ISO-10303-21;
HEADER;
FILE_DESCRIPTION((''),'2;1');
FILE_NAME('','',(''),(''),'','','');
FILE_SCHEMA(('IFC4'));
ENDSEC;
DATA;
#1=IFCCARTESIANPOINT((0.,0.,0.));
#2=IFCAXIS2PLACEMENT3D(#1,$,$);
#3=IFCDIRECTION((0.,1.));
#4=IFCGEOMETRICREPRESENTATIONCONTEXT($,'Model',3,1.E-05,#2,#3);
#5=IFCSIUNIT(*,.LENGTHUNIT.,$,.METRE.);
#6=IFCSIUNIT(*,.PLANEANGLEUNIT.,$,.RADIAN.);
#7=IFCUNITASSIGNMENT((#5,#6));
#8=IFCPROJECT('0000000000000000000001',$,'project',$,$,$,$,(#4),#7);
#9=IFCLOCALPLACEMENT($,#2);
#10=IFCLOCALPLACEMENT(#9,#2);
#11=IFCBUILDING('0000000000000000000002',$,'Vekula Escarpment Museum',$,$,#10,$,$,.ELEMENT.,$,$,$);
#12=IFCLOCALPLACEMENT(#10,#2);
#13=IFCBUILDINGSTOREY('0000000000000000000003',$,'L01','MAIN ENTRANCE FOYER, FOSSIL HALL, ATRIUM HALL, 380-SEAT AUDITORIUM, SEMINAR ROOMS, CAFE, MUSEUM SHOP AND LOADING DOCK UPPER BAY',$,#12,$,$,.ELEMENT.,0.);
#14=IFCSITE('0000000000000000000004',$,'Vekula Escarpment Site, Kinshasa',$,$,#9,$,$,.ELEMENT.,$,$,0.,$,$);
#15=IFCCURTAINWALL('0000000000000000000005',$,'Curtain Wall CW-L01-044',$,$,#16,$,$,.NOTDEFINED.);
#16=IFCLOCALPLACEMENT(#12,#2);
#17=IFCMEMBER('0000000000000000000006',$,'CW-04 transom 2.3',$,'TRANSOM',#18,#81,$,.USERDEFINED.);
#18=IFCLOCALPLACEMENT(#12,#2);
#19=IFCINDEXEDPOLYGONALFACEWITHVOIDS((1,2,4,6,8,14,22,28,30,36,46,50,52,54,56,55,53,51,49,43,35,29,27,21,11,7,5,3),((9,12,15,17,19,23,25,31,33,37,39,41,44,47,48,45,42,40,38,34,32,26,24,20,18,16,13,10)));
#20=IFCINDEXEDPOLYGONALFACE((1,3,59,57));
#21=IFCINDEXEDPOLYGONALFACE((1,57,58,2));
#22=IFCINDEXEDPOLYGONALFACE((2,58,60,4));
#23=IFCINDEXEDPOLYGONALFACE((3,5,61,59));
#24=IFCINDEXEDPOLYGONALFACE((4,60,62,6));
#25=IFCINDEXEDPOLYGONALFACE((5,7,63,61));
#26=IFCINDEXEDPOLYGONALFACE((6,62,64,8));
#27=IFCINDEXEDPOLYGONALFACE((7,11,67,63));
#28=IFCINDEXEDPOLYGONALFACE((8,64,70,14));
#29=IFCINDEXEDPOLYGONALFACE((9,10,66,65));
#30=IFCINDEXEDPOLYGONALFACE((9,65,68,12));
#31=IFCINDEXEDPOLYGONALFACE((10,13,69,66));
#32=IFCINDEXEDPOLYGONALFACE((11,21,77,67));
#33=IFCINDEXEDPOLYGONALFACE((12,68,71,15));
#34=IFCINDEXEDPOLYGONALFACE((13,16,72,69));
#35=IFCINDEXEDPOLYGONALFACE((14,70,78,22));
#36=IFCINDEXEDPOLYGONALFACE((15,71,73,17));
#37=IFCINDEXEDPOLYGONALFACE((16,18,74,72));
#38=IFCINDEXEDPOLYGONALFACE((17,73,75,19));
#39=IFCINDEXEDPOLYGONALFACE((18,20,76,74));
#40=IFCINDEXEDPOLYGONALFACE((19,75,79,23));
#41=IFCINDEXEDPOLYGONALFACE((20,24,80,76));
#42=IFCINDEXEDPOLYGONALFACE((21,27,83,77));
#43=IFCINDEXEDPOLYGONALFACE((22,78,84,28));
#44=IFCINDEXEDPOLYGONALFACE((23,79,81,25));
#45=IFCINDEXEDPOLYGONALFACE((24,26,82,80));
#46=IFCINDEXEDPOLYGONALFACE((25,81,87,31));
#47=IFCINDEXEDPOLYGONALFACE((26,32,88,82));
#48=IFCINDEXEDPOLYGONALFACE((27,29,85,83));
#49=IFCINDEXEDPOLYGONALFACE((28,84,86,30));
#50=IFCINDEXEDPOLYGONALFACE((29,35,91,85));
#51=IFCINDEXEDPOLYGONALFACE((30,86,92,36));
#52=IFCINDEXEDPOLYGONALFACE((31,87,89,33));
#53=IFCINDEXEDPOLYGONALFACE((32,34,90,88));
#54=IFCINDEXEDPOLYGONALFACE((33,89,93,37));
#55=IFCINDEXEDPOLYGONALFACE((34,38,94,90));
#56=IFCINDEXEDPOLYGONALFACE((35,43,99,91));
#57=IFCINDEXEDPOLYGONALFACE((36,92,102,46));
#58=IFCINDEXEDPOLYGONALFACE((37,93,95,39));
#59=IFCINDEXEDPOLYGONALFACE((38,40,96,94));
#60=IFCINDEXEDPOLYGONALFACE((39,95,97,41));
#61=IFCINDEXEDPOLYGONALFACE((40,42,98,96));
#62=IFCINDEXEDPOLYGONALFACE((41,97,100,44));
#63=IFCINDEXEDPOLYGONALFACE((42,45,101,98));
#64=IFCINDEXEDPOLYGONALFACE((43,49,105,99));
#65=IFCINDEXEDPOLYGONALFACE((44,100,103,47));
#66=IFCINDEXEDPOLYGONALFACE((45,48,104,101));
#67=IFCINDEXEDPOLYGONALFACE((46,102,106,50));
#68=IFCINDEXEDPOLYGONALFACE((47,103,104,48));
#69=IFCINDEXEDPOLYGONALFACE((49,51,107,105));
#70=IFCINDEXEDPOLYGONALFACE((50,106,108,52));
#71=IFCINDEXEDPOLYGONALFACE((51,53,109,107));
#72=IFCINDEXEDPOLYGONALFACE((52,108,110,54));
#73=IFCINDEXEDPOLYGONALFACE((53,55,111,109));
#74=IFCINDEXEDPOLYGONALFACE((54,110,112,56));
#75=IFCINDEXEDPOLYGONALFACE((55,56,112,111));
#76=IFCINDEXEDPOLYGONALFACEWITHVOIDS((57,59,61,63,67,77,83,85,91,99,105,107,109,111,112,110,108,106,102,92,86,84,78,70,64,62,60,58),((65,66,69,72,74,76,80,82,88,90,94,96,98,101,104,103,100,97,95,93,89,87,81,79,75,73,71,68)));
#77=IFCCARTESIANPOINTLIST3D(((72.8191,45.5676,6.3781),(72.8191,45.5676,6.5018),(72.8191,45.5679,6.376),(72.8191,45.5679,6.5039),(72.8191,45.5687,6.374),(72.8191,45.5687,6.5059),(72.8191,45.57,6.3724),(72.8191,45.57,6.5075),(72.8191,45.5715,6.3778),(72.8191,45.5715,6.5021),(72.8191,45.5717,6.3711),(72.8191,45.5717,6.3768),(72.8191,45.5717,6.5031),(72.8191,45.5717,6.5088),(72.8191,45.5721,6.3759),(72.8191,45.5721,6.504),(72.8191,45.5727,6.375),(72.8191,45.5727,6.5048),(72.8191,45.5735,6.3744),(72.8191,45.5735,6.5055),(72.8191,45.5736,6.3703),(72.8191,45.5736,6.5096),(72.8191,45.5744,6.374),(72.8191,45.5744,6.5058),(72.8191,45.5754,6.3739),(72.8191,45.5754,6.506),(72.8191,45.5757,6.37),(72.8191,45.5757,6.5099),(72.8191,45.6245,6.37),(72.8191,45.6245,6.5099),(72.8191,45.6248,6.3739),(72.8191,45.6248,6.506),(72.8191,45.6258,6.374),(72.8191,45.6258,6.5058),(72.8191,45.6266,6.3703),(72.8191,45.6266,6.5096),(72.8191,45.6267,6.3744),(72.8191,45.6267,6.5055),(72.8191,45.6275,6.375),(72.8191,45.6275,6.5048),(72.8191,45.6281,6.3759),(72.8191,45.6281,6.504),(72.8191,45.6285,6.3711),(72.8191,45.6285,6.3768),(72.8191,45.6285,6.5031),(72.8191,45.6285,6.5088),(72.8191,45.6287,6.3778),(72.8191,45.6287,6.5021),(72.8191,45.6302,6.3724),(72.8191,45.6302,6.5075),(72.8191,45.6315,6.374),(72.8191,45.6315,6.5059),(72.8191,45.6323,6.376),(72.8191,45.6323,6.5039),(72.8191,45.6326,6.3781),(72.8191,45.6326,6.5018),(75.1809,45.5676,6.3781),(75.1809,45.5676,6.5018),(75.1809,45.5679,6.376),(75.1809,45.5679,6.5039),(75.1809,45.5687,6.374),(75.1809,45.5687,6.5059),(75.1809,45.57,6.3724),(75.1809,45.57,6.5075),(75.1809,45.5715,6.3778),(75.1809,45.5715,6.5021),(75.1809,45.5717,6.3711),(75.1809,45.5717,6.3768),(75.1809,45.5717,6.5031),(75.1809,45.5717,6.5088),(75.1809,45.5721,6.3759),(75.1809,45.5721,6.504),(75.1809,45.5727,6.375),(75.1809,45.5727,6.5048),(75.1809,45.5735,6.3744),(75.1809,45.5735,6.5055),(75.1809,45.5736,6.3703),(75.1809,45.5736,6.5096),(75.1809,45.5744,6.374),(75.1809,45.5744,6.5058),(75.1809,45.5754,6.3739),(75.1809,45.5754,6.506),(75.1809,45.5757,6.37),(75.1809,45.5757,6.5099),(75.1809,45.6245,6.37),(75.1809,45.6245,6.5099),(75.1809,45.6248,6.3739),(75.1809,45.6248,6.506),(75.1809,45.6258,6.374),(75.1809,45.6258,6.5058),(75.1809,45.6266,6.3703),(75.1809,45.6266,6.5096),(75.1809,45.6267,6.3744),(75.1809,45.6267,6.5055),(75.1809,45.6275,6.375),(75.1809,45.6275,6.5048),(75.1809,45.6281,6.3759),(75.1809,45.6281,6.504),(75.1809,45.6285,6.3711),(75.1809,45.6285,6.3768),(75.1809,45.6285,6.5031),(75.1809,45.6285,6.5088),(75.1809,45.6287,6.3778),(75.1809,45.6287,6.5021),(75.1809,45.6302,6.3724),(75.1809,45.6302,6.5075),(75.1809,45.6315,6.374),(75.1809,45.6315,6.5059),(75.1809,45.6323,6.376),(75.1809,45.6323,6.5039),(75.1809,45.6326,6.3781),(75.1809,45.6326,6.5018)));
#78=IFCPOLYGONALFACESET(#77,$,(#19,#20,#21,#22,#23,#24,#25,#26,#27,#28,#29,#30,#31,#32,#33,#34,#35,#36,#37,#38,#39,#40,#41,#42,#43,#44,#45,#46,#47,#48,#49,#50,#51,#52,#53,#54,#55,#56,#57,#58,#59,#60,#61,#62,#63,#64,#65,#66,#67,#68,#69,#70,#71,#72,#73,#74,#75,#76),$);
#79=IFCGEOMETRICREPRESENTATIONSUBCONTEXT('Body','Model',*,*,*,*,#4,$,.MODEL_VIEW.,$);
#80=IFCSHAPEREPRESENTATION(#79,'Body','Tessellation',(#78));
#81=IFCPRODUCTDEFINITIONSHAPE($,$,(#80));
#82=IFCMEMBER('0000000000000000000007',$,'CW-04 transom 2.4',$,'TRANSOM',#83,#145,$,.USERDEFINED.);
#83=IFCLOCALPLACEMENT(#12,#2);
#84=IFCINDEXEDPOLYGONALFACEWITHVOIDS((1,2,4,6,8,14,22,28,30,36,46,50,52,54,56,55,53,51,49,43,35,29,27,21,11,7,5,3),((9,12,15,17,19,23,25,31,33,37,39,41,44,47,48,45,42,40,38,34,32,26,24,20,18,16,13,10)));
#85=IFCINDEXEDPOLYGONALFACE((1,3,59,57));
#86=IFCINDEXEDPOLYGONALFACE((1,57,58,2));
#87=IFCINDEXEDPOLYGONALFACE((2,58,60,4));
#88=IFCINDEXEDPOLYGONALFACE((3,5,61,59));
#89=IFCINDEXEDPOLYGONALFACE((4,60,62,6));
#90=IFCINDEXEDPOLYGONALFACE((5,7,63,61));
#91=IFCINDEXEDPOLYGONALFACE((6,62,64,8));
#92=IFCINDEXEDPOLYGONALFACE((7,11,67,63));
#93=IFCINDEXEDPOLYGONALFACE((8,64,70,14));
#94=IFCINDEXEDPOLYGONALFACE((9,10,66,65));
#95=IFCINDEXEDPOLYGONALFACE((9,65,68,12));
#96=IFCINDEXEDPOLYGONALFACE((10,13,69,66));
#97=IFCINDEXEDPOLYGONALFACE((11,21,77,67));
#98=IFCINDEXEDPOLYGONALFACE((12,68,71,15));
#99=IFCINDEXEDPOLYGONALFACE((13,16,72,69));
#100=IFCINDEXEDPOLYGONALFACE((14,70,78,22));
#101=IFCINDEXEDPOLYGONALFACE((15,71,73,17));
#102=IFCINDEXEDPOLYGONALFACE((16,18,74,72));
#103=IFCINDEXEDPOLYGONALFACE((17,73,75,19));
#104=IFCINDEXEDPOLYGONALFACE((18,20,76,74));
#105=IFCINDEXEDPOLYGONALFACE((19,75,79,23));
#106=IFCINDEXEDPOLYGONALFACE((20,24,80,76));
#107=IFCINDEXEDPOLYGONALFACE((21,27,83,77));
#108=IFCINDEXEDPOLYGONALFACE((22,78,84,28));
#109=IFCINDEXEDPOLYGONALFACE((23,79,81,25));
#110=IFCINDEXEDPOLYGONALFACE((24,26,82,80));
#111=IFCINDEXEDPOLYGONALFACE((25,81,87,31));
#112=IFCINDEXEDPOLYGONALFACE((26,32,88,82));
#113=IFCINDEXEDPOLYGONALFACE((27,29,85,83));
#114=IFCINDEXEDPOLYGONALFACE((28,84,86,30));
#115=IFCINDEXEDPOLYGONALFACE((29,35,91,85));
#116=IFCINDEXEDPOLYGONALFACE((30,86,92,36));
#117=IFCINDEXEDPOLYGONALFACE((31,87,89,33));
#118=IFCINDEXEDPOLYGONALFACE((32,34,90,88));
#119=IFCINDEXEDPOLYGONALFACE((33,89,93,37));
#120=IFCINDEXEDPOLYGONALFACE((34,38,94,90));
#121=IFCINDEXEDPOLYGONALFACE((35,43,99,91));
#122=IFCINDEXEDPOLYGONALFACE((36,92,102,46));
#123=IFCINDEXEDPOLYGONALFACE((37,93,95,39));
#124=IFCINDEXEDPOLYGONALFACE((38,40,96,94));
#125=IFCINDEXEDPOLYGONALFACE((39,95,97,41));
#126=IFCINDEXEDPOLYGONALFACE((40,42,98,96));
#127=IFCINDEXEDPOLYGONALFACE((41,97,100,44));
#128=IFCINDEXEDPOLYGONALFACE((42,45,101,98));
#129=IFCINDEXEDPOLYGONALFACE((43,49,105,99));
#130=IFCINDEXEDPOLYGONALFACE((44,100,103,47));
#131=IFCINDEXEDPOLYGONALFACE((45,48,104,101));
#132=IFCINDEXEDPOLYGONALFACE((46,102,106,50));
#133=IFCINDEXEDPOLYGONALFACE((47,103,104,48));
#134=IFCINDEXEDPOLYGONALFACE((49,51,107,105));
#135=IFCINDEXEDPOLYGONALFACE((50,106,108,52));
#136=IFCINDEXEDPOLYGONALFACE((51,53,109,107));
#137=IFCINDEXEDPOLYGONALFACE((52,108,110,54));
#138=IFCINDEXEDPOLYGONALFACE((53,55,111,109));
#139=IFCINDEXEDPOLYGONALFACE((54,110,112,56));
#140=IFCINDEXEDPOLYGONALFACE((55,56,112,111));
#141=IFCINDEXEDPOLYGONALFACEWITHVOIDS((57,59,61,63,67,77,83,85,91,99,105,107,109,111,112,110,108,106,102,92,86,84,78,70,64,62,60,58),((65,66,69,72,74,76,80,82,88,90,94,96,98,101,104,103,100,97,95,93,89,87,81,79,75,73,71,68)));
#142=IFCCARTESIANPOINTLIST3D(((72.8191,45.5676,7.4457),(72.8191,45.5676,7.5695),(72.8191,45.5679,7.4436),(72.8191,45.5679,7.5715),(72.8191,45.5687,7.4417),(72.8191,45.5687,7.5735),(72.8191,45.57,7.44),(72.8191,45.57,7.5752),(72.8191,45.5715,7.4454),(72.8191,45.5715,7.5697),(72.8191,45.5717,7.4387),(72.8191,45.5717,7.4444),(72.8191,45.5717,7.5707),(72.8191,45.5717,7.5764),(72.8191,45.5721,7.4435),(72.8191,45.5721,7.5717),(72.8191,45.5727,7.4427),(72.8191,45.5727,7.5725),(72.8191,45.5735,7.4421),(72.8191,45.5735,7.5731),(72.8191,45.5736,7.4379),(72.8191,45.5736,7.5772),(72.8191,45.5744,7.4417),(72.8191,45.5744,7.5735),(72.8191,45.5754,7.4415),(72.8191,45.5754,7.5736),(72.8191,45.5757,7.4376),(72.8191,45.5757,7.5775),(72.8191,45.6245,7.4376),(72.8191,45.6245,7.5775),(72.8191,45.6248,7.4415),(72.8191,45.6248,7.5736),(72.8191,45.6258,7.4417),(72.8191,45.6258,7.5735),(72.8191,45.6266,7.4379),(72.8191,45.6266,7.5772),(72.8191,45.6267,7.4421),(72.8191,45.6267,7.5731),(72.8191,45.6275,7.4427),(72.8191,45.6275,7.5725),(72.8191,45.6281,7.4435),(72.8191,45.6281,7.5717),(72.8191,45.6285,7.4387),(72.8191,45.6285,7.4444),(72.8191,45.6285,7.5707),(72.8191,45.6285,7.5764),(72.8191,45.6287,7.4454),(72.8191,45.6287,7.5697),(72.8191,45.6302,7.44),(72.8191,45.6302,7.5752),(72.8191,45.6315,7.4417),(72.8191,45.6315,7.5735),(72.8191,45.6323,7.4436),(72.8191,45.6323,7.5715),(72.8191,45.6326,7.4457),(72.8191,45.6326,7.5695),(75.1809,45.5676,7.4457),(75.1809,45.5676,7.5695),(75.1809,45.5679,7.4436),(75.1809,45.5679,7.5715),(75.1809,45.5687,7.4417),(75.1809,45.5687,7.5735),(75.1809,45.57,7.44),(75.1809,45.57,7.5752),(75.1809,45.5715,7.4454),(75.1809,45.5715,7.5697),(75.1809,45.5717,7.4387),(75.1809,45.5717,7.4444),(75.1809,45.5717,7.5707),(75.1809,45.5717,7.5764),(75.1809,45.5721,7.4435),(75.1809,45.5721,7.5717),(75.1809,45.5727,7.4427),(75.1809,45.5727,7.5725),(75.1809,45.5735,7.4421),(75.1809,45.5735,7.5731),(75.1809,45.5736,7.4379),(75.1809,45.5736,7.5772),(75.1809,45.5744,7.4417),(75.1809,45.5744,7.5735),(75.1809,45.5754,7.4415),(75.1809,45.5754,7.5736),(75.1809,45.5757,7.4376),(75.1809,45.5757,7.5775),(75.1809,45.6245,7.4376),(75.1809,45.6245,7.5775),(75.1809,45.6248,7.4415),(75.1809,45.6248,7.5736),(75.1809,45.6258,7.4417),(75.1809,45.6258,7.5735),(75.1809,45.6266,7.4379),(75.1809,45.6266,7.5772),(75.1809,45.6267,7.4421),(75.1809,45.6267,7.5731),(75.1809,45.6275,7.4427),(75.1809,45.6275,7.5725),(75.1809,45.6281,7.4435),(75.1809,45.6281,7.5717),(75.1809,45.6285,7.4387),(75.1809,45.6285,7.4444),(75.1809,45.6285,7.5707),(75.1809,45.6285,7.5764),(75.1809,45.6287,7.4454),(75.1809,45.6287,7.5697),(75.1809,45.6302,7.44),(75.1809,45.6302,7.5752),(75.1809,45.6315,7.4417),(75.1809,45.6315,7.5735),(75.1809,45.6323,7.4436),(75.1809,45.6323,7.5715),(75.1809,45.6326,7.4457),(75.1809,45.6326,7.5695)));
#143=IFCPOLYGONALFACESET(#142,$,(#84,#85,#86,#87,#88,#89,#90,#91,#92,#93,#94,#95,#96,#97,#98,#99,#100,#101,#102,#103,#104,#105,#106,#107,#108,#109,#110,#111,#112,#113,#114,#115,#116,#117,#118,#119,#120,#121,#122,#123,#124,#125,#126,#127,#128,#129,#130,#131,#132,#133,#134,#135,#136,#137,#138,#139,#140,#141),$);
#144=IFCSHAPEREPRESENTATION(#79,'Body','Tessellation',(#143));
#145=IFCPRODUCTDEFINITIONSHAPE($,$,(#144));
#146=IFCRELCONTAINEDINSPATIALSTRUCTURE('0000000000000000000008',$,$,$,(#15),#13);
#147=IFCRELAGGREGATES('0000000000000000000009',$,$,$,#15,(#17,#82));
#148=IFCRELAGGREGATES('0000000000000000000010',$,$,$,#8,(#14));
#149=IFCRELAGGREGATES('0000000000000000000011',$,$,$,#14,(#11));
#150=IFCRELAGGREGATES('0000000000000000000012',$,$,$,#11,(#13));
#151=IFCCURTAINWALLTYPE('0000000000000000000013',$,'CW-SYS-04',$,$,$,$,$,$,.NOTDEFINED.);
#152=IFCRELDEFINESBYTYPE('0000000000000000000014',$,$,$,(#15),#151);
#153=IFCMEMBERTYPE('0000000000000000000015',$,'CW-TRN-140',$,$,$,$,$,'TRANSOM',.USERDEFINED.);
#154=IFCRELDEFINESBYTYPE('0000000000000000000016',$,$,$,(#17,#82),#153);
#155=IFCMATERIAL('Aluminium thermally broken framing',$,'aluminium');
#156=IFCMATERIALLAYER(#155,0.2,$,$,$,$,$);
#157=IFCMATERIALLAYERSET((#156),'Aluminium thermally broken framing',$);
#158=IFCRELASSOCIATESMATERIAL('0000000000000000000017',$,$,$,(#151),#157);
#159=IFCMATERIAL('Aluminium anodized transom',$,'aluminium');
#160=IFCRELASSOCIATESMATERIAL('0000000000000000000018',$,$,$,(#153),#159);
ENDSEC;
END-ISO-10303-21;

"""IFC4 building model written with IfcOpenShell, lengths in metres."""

from ifc_helpers import new_model, si_unit, direction, frame, origin, origin_2d, place, context, subcontext, project, spatial, hollow_rectangle, extrude, material, layer, layer_set, material_profile, profile_set, type_object, element, aggregate, save


model = new_model("IFC4")

# Units and contexts
model_context = context("Model", 3, precision=1e-05, world=origin(), true_north=direction((0.0, 1.0)))
body_context = subcontext(model_context, "Body", "Model", "MODEL_VIEW")
ifc_project = project(units=[si_unit("LENGTHUNIT", "METRE"), si_unit("PLANEANGLEUNIT", "RADIAN")], contexts=[model_context])

# Site, building, storey
site_placement = place(None, origin())
site = spatial("IfcSite", under=ifc_project, at=site_placement, Name="Vekula Escarpment Site, Kinshasa", CompositionType="ELEMENT", RefElevation=0.0)
building_placement = place(site_placement, origin())
building = spatial("IfcBuilding", under=site, at=building_placement, Name="Vekula Escarpment Museum", CompositionType="ELEMENT")
storey_placement = place(building_placement, origin())
storey = spatial("IfcBuildingStorey", under=building, at=storey_placement, Name="L01", Description="MAIN ENTRANCE FOYER, FOSSIL HALL, ATRIUM HALL, 380-SEAT AUDITORIUM, SEMINAR ROOMS, CAFE, MUSEUM SHOP AND LOADING DOCK UPPER BAY", CompositionType="ELEMENT", Elevation=0.0)

# Curtain wall, members
ifc_material_1 = material(Name="Aluminium thermally broken framing", Category="aluminium")
ifc_layer_1 = layer(ifc_material_1, 0.2)
ifc_layer_set_1 = layer_set([ifc_layer_1], Name="Aluminium thermally broken framing")
curtain_wall_type = type_object("IfcCurtainWallType", Name="CW-SYS-04", PredefinedType="NOTDEFINED", material=ifc_layer_set_1)
curtain_wall_placement = place(storey_placement, origin())
curtain_wall = element("IfcCurtainWall", 1, at=curtain_wall_placement, inside=storey, type_object=curtain_wall_type, Name="Curtain Wall CW-L01-044", PredefinedType="NOTDEFINED")
ifc_material_2 = material(Name="Aluminium anodized transom", Category="aluminium")
ifc_material_profile_1 = material_profile(ifc_material_2, hollow_rectangle(XDim=0.0649, YDim=0.1399, WallThickness=0.0039, InnerFilletRadius=0.0039, OuterFilletRadius=0.0081, at=origin_2d()), Name="ALU 140x65x4")
ifc_profile_set_1 = profile_set([ifc_material_profile_1], Name="Aluminium anodized transom")
member_type_1 = type_object("IfcMemberType", Name="CW-TRN-140", ElementType="TRANSOM", PredefinedType="USERDEFINED", material=ifc_profile_set_1)
member_1_placement = place(storey_placement, frame((72.8191, 45.6001, 6.4399), z_axis=(1.0, 0.0, 0.0), x_axis=(0.0, 1.0, 0.0)))
member_1 = element("IfcMember", 2, at=member_1_placement, type_object=member_type_1, Name="CW-04 transom 2.3", ObjectType="TRANSOM", PredefinedType="USERDEFINED", context=body_context, shape_type="SweptSolid", body=[
    extrude(hollow_rectangle(XDim=0.0649, YDim=0.1399, WallThickness=0.0039, InnerFilletRadius=0.0039, OuterFilletRadius=0.0081, at=origin_2d()), origin(), (0.0, 0.0, 1.0), 2.3618),
])
member_2_placement = place(storey_placement, frame((72.8191, 45.6001, 7.5076), z_axis=(1.0, 0.0, 0.0), x_axis=(0.0, 1.0, 0.0)))
member_2 = element("IfcMember", 3, at=member_2_placement, type_object=member_type_1, Name="CW-04 transom 2.4", ObjectType="TRANSOM", PredefinedType="USERDEFINED", context=body_context, shape_type="SweptSolid", body=[
    extrude(hollow_rectangle(XDim=0.0649, YDim=0.1399, WallThickness=0.0039, InnerFilletRadius=0.0039, OuterFilletRadius=0.0081, at=origin_2d()), origin(), (0.0, 0.0, 1.0), 2.3618),
])

aggregate(curtain_wall, [member_1, member_2])

save(model, "model.ifc")
